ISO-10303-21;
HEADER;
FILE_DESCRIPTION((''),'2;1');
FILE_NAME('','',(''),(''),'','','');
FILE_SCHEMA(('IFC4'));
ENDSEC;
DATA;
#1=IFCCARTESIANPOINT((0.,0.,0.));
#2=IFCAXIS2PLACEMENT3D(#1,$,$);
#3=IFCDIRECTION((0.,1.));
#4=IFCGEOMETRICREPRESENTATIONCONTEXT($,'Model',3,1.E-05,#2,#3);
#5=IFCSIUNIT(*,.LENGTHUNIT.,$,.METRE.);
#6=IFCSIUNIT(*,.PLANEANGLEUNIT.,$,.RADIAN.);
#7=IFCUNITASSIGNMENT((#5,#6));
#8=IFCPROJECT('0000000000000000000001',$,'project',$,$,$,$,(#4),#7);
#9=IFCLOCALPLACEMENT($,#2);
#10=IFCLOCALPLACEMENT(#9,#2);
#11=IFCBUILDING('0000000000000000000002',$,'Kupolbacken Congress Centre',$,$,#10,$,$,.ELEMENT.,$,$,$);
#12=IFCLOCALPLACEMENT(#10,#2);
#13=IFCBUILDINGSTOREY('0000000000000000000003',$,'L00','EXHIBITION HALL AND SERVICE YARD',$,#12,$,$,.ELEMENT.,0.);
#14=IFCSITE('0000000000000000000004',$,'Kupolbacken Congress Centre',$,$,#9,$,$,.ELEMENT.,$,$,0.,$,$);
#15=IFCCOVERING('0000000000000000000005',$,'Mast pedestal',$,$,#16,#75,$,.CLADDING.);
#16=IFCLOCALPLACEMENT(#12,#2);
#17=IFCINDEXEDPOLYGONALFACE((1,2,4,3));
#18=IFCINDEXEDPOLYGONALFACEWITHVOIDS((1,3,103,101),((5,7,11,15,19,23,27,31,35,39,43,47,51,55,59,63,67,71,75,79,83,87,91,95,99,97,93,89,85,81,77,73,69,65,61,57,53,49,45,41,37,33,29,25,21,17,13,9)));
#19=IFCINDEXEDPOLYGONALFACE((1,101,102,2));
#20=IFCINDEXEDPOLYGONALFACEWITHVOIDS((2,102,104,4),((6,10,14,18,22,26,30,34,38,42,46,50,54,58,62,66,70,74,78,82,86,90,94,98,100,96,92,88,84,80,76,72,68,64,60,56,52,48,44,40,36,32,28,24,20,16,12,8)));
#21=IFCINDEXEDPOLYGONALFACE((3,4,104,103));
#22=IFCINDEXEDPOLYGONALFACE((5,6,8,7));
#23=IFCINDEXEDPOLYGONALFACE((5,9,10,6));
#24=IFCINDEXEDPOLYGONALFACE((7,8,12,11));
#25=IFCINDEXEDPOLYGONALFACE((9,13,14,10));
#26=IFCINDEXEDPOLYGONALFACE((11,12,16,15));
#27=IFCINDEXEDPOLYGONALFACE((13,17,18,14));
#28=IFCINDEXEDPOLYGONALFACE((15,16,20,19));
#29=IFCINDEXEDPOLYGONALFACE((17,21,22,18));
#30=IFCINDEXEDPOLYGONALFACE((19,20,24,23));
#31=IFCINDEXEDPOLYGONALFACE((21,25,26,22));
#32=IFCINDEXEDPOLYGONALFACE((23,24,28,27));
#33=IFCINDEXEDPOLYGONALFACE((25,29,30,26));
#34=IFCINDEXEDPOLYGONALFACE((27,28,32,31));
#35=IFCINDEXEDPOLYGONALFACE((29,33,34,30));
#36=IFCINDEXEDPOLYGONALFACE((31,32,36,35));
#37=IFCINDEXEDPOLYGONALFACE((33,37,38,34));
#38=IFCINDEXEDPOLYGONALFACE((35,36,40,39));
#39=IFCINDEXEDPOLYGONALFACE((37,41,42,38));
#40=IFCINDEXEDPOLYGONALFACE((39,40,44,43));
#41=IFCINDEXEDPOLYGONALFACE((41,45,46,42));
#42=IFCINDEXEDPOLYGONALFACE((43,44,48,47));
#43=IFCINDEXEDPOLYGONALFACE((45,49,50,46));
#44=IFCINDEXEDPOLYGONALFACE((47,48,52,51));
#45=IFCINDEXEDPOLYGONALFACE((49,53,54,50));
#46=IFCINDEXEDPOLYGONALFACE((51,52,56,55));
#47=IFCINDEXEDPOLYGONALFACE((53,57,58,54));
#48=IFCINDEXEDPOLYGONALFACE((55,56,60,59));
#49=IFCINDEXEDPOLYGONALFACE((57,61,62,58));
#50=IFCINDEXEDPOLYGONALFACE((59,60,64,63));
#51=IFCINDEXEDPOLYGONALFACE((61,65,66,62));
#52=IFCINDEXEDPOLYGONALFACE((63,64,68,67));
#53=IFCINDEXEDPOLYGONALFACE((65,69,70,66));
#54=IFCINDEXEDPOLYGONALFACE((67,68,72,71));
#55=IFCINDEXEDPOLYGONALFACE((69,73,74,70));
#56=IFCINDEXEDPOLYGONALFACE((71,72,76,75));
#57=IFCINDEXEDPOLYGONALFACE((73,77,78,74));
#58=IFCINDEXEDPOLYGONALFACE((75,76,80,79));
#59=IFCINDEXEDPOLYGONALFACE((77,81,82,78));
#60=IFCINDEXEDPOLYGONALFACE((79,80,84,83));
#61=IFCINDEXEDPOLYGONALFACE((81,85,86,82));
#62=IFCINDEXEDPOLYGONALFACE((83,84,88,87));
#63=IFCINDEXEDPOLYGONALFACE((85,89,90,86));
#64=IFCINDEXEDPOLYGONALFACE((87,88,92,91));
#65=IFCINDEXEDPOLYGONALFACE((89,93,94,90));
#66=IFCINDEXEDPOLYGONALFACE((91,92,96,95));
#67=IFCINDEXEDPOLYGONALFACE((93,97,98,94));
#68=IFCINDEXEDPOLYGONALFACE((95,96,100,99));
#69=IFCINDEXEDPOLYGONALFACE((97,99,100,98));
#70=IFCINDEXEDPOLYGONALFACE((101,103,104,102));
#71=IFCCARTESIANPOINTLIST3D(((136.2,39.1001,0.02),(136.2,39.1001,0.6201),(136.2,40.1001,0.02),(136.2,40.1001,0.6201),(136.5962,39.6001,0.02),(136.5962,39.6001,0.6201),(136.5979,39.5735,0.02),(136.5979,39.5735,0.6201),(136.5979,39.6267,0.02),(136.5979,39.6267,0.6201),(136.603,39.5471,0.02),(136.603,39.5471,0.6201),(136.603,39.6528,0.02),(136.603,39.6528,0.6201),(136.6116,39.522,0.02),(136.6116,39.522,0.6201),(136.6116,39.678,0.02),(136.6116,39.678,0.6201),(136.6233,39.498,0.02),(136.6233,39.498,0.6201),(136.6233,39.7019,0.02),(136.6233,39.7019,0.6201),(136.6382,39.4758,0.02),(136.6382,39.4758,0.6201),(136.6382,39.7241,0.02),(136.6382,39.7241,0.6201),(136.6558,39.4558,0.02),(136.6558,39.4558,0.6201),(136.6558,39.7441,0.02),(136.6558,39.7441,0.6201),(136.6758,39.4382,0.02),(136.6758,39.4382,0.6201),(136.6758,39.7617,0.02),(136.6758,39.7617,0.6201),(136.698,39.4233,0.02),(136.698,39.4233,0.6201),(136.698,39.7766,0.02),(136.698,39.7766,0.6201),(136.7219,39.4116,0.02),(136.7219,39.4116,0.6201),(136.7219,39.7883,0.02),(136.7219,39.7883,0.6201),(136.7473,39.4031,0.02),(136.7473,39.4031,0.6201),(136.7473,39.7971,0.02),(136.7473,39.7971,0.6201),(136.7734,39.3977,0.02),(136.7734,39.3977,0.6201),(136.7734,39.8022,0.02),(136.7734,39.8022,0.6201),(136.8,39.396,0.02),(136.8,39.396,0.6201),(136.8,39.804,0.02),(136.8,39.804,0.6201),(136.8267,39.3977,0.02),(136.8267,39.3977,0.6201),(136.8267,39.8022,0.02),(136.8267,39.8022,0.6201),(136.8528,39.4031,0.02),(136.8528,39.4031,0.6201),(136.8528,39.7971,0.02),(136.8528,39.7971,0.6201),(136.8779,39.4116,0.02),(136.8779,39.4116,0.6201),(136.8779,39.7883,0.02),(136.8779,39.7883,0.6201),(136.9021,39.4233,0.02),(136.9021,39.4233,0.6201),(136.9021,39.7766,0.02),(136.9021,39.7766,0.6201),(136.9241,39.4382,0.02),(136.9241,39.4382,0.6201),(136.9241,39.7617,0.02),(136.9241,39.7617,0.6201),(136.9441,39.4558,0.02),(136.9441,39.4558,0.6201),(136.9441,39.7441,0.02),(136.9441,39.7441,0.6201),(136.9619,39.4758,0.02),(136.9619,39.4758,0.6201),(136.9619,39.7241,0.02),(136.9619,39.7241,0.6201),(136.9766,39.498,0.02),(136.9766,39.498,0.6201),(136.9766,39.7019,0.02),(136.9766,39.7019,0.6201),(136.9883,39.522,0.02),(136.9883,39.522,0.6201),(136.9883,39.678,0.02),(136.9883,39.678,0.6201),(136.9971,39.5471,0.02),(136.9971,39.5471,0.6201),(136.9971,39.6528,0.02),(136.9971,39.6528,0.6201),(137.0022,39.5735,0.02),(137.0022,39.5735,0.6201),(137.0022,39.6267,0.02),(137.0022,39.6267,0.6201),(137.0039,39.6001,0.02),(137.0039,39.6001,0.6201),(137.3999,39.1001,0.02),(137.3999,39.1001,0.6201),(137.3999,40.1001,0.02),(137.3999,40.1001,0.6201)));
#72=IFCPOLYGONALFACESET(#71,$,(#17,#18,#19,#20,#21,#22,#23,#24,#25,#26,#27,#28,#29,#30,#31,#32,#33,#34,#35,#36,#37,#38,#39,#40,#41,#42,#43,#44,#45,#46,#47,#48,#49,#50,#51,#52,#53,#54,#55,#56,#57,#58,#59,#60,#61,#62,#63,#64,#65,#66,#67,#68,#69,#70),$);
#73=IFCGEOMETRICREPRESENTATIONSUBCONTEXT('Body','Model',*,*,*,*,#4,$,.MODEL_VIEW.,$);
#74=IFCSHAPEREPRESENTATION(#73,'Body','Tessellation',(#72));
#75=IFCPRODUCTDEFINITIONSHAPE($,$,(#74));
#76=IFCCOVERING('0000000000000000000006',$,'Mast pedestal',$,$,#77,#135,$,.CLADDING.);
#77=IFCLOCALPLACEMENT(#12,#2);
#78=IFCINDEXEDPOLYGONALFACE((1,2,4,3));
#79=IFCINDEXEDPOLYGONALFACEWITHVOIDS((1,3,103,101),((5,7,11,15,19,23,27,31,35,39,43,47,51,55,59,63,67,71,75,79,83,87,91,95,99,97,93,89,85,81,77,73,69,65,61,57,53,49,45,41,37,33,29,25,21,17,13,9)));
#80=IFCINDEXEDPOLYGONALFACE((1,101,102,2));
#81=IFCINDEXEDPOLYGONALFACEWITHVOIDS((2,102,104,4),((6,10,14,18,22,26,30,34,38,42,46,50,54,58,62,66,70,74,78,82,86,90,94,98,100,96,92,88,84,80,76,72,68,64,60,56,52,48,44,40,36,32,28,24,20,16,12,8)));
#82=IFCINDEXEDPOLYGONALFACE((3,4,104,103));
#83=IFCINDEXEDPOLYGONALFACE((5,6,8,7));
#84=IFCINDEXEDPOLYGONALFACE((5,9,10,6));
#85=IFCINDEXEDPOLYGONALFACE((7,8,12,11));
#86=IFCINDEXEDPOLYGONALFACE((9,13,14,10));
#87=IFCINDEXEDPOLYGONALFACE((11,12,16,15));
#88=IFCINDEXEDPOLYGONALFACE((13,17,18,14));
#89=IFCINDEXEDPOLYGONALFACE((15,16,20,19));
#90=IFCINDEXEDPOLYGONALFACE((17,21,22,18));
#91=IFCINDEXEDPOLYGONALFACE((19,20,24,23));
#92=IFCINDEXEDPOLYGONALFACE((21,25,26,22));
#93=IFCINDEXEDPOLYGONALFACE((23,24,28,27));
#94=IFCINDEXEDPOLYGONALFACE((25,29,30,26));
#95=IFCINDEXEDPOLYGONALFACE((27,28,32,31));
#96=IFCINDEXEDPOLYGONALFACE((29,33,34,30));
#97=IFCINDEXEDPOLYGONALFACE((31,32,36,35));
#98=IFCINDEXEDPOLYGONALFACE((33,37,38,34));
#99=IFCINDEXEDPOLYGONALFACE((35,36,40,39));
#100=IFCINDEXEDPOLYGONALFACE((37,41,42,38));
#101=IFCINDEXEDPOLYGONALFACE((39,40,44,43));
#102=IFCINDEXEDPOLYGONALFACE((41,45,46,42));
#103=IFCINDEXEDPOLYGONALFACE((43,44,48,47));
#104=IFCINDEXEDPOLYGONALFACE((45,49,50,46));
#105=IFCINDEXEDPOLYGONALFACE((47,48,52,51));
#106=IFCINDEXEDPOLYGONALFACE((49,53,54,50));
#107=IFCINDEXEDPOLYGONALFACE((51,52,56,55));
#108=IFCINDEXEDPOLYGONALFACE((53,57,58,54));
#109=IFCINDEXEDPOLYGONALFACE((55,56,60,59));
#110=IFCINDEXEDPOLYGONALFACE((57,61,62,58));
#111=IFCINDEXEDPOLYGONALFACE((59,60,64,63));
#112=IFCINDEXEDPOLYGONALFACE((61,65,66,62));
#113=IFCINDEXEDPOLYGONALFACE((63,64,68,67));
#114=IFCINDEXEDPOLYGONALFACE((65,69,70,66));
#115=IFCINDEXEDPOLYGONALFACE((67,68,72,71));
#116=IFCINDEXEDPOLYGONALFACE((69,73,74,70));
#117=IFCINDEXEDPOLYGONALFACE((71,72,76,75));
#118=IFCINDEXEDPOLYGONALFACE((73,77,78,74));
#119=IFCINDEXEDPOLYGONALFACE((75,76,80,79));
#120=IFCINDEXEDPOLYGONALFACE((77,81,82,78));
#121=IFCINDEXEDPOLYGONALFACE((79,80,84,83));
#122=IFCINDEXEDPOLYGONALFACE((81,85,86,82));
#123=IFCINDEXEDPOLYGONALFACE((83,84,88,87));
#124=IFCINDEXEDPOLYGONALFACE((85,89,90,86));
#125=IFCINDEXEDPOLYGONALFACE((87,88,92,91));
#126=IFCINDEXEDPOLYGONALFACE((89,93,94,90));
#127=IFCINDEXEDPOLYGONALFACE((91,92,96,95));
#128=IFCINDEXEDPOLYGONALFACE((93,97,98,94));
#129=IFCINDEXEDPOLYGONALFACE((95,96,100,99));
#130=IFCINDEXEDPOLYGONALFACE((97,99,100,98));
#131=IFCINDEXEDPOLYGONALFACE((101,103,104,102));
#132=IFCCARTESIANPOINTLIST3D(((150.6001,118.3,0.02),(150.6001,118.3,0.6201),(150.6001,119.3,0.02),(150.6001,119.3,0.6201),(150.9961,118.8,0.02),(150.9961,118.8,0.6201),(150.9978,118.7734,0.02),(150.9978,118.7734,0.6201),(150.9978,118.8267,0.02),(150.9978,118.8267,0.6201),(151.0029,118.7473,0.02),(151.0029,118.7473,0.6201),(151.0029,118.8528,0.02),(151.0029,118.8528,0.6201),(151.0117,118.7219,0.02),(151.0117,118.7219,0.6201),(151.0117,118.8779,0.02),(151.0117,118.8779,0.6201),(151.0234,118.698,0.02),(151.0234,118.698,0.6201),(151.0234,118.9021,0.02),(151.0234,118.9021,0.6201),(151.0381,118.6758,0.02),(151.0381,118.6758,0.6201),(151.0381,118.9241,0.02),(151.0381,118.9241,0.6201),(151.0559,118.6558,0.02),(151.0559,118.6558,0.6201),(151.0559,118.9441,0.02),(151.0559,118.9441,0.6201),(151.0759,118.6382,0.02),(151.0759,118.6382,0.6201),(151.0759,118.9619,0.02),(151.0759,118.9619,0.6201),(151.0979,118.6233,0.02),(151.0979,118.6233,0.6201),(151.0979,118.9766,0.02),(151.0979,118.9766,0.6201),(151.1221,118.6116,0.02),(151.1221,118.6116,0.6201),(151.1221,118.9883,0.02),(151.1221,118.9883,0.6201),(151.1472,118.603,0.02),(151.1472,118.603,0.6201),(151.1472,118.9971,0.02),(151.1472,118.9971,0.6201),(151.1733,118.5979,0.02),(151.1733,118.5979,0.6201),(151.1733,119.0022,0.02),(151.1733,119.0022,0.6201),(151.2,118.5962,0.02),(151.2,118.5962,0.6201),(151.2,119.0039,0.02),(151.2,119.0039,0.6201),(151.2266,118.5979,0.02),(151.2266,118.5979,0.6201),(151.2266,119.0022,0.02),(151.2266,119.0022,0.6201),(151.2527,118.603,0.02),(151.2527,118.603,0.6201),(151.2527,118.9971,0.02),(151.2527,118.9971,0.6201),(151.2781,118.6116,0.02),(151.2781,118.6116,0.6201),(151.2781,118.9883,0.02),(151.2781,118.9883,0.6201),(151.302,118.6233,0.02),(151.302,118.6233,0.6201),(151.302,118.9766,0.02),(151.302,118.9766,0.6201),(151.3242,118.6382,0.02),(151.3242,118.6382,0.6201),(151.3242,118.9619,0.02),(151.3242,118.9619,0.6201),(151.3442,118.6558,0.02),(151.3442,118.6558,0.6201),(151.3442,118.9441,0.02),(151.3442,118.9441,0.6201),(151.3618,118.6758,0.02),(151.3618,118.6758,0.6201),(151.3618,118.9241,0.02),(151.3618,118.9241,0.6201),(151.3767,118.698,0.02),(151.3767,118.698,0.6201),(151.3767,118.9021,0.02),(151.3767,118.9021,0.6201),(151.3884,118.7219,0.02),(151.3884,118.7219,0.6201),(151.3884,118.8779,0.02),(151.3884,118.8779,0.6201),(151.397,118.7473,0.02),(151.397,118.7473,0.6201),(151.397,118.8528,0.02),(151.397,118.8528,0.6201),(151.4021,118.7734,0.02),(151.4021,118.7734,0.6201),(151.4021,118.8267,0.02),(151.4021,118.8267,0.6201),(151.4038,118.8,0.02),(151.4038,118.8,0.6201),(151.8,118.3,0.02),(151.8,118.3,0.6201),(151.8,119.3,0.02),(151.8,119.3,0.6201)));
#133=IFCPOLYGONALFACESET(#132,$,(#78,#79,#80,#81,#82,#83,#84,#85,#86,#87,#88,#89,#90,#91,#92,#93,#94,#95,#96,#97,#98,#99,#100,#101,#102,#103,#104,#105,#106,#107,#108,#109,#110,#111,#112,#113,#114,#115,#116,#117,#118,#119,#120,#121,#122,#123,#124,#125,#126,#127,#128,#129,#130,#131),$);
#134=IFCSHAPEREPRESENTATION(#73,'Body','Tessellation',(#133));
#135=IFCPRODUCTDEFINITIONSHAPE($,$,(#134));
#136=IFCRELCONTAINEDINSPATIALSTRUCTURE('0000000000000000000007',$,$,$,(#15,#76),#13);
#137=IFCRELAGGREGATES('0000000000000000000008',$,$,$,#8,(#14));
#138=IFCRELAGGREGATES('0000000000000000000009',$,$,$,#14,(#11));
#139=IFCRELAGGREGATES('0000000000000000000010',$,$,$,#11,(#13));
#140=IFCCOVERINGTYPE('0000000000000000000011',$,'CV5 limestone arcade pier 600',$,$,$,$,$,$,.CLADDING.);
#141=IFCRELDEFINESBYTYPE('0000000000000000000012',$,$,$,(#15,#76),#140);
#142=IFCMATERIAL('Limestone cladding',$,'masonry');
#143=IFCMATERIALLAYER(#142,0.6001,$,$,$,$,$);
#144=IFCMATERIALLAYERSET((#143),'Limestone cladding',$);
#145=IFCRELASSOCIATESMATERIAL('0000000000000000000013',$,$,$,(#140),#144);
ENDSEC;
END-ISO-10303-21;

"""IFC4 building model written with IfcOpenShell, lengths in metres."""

from ifc_helpers import new_model, si_unit, direction, frame, origin, place, context, subcontext, project, spatial, polyline, outline, extrude, material, layer, layer_set, type_object, element, save


model = new_model("IFC4")

# Units and contexts
model_context = context("Model", 3, precision=1e-05, world=origin(), true_north=direction((0.0, 1.0)))
body_context = subcontext(model_context, "Body", "Model", "MODEL_VIEW")
ifc_project = project(units=[si_unit("LENGTHUNIT", "METRE"), si_unit("PLANEANGLEUNIT", "RADIAN")], contexts=[model_context])

# Site, building, storey
site_placement = place(None, origin())
site = spatial("IfcSite", under=ifc_project, at=site_placement, Name="Kupolbacken Congress Centre", CompositionType="ELEMENT", RefElevation=0.0)
building_placement = place(site_placement, origin())
building = spatial("IfcBuilding", under=site, at=building_placement, Name="Kupolbacken Congress Centre", CompositionType="ELEMENT")
storey_placement = place(building_placement, origin())
storey = spatial("IfcBuildingStorey", under=building, at=storey_placement, Name="L00", Description="EXHIBITION HALL AND SERVICE YARD", CompositionType="ELEMENT", Elevation=0.0)

# Coverings
ifc_material_1 = material(Name="Limestone cladding", Category="masonry")
ifc_layer_1 = layer(ifc_material_1, 0.6001)
ifc_layer_set_1 = layer_set([ifc_layer_1], Name="Limestone cladding")
covering_type = type_object("IfcCoveringType", Name="CV5 limestone arcade pier 600", PredefinedType="CLADDING", material=ifc_layer_set_1)
covering_1_placement = place(storey_placement, frame((0.0, 0.0, 0.02)))
element("IfcCovering", 1, at=covering_1_placement, inside=storey, type_object=covering_type, Name="Mast pedestal", PredefinedType="CLADDING", context=body_context, shape_type="SweptSolid", body=[
    extrude(outline(polyline([(136.2, 39.1001), (136.2, 40.1001), (137.3999, 40.1001), (137.3999, 39.1001), (136.2, 39.1001)]), holes=[polyline([(137.0022, 39.6267), (136.9971, 39.6528), (136.9883, 39.678), (136.9766, 39.7019), (136.9619, 39.7241), (136.9441, 39.7441), (136.9241, 39.7617), (136.9021, 39.7766), (136.8779, 39.7883), (136.8528, 39.7971), (136.8267, 39.8022), (136.8, 39.804), (136.7734, 39.8022), (136.7473, 39.7971), (136.7219, 39.7883), (136.698, 39.7766), (136.6758, 39.7617), (136.6558, 39.7441), (136.6382, 39.7241), (136.6233, 39.7019), (136.6116, 39.678), (136.603, 39.6528), (136.5979, 39.6267), (136.5962, 39.6001), (136.5979, 39.5735), (136.603, 39.5471), (136.6116, 39.522), (136.6233, 39.498), (136.6382, 39.4758), (136.6558, 39.4558), (136.6758, 39.4382), (136.698, 39.4233), (136.7219, 39.4116), (136.7473, 39.4031), (136.7734, 39.3977), (136.8, 39.396), (136.8267, 39.3977), (136.8528, 39.4031), (136.8779, 39.4116), (136.9021, 39.4233), (136.9241, 39.4382), (136.9441, 39.4558), (136.9619, 39.4758), (136.9766, 39.498), (136.9883, 39.522), (136.9971, 39.5471), (137.0022, 39.5735), (137.0039, 39.6001), (137.0022, 39.6267)])]), origin(), (0.0, 0.0, 1.0), 0.6001),
])
covering_2_placement = place(storey_placement, frame((0.0, 0.0, 0.02)))
element("IfcCovering", 2, at=covering_2_placement, inside=storey, type_object=covering_type, Name="Mast pedestal", PredefinedType="CLADDING", context=body_context, shape_type="SweptSolid", body=[
    extrude(outline(polyline([(150.6001, 118.3), (150.6001, 119.3), (151.8, 119.3), (151.8, 118.3), (150.6001, 118.3)]), holes=[polyline([(151.4021, 118.8267), (151.397, 118.8528), (151.3884, 118.8779), (151.3767, 118.9021), (151.3618, 118.9241), (151.3442, 118.9441), (151.3242, 118.9619), (151.302, 118.9766), (151.2781, 118.9883), (151.2527, 118.9971), (151.2266, 119.0022), (151.2, 119.0039), (151.1733, 119.0022), (151.1472, 118.9971), (151.1221, 118.9883), (151.0979, 118.9766), (151.0759, 118.9619), (151.0559, 118.9441), (151.0381, 118.9241), (151.0234, 118.9021), (151.0117, 118.8779), (151.0029, 118.8528), (150.9978, 118.8267), (150.9961, 118.8), (150.9978, 118.7734), (151.0029, 118.7473), (151.0117, 118.7219), (151.0234, 118.698), (151.0381, 118.6758), (151.0559, 118.6558), (151.0759, 118.6382), (151.0979, 118.6233), (151.1221, 118.6116), (151.1472, 118.603), (151.1733, 118.5979), (151.2, 118.5962), (151.2266, 118.5979), (151.2527, 118.603), (151.2781, 118.6116), (151.302, 118.6233), (151.3242, 118.6382), (151.3442, 118.6558), (151.3618, 118.6758), (151.3767, 118.698), (151.3884, 118.7219), (151.397, 118.7473), (151.4021, 118.7734), (151.4038, 118.8), (151.4021, 118.8267)])]), origin(), (0.0, 0.0, 1.0), 0.6001),
])

save(model, "model.ifc")
